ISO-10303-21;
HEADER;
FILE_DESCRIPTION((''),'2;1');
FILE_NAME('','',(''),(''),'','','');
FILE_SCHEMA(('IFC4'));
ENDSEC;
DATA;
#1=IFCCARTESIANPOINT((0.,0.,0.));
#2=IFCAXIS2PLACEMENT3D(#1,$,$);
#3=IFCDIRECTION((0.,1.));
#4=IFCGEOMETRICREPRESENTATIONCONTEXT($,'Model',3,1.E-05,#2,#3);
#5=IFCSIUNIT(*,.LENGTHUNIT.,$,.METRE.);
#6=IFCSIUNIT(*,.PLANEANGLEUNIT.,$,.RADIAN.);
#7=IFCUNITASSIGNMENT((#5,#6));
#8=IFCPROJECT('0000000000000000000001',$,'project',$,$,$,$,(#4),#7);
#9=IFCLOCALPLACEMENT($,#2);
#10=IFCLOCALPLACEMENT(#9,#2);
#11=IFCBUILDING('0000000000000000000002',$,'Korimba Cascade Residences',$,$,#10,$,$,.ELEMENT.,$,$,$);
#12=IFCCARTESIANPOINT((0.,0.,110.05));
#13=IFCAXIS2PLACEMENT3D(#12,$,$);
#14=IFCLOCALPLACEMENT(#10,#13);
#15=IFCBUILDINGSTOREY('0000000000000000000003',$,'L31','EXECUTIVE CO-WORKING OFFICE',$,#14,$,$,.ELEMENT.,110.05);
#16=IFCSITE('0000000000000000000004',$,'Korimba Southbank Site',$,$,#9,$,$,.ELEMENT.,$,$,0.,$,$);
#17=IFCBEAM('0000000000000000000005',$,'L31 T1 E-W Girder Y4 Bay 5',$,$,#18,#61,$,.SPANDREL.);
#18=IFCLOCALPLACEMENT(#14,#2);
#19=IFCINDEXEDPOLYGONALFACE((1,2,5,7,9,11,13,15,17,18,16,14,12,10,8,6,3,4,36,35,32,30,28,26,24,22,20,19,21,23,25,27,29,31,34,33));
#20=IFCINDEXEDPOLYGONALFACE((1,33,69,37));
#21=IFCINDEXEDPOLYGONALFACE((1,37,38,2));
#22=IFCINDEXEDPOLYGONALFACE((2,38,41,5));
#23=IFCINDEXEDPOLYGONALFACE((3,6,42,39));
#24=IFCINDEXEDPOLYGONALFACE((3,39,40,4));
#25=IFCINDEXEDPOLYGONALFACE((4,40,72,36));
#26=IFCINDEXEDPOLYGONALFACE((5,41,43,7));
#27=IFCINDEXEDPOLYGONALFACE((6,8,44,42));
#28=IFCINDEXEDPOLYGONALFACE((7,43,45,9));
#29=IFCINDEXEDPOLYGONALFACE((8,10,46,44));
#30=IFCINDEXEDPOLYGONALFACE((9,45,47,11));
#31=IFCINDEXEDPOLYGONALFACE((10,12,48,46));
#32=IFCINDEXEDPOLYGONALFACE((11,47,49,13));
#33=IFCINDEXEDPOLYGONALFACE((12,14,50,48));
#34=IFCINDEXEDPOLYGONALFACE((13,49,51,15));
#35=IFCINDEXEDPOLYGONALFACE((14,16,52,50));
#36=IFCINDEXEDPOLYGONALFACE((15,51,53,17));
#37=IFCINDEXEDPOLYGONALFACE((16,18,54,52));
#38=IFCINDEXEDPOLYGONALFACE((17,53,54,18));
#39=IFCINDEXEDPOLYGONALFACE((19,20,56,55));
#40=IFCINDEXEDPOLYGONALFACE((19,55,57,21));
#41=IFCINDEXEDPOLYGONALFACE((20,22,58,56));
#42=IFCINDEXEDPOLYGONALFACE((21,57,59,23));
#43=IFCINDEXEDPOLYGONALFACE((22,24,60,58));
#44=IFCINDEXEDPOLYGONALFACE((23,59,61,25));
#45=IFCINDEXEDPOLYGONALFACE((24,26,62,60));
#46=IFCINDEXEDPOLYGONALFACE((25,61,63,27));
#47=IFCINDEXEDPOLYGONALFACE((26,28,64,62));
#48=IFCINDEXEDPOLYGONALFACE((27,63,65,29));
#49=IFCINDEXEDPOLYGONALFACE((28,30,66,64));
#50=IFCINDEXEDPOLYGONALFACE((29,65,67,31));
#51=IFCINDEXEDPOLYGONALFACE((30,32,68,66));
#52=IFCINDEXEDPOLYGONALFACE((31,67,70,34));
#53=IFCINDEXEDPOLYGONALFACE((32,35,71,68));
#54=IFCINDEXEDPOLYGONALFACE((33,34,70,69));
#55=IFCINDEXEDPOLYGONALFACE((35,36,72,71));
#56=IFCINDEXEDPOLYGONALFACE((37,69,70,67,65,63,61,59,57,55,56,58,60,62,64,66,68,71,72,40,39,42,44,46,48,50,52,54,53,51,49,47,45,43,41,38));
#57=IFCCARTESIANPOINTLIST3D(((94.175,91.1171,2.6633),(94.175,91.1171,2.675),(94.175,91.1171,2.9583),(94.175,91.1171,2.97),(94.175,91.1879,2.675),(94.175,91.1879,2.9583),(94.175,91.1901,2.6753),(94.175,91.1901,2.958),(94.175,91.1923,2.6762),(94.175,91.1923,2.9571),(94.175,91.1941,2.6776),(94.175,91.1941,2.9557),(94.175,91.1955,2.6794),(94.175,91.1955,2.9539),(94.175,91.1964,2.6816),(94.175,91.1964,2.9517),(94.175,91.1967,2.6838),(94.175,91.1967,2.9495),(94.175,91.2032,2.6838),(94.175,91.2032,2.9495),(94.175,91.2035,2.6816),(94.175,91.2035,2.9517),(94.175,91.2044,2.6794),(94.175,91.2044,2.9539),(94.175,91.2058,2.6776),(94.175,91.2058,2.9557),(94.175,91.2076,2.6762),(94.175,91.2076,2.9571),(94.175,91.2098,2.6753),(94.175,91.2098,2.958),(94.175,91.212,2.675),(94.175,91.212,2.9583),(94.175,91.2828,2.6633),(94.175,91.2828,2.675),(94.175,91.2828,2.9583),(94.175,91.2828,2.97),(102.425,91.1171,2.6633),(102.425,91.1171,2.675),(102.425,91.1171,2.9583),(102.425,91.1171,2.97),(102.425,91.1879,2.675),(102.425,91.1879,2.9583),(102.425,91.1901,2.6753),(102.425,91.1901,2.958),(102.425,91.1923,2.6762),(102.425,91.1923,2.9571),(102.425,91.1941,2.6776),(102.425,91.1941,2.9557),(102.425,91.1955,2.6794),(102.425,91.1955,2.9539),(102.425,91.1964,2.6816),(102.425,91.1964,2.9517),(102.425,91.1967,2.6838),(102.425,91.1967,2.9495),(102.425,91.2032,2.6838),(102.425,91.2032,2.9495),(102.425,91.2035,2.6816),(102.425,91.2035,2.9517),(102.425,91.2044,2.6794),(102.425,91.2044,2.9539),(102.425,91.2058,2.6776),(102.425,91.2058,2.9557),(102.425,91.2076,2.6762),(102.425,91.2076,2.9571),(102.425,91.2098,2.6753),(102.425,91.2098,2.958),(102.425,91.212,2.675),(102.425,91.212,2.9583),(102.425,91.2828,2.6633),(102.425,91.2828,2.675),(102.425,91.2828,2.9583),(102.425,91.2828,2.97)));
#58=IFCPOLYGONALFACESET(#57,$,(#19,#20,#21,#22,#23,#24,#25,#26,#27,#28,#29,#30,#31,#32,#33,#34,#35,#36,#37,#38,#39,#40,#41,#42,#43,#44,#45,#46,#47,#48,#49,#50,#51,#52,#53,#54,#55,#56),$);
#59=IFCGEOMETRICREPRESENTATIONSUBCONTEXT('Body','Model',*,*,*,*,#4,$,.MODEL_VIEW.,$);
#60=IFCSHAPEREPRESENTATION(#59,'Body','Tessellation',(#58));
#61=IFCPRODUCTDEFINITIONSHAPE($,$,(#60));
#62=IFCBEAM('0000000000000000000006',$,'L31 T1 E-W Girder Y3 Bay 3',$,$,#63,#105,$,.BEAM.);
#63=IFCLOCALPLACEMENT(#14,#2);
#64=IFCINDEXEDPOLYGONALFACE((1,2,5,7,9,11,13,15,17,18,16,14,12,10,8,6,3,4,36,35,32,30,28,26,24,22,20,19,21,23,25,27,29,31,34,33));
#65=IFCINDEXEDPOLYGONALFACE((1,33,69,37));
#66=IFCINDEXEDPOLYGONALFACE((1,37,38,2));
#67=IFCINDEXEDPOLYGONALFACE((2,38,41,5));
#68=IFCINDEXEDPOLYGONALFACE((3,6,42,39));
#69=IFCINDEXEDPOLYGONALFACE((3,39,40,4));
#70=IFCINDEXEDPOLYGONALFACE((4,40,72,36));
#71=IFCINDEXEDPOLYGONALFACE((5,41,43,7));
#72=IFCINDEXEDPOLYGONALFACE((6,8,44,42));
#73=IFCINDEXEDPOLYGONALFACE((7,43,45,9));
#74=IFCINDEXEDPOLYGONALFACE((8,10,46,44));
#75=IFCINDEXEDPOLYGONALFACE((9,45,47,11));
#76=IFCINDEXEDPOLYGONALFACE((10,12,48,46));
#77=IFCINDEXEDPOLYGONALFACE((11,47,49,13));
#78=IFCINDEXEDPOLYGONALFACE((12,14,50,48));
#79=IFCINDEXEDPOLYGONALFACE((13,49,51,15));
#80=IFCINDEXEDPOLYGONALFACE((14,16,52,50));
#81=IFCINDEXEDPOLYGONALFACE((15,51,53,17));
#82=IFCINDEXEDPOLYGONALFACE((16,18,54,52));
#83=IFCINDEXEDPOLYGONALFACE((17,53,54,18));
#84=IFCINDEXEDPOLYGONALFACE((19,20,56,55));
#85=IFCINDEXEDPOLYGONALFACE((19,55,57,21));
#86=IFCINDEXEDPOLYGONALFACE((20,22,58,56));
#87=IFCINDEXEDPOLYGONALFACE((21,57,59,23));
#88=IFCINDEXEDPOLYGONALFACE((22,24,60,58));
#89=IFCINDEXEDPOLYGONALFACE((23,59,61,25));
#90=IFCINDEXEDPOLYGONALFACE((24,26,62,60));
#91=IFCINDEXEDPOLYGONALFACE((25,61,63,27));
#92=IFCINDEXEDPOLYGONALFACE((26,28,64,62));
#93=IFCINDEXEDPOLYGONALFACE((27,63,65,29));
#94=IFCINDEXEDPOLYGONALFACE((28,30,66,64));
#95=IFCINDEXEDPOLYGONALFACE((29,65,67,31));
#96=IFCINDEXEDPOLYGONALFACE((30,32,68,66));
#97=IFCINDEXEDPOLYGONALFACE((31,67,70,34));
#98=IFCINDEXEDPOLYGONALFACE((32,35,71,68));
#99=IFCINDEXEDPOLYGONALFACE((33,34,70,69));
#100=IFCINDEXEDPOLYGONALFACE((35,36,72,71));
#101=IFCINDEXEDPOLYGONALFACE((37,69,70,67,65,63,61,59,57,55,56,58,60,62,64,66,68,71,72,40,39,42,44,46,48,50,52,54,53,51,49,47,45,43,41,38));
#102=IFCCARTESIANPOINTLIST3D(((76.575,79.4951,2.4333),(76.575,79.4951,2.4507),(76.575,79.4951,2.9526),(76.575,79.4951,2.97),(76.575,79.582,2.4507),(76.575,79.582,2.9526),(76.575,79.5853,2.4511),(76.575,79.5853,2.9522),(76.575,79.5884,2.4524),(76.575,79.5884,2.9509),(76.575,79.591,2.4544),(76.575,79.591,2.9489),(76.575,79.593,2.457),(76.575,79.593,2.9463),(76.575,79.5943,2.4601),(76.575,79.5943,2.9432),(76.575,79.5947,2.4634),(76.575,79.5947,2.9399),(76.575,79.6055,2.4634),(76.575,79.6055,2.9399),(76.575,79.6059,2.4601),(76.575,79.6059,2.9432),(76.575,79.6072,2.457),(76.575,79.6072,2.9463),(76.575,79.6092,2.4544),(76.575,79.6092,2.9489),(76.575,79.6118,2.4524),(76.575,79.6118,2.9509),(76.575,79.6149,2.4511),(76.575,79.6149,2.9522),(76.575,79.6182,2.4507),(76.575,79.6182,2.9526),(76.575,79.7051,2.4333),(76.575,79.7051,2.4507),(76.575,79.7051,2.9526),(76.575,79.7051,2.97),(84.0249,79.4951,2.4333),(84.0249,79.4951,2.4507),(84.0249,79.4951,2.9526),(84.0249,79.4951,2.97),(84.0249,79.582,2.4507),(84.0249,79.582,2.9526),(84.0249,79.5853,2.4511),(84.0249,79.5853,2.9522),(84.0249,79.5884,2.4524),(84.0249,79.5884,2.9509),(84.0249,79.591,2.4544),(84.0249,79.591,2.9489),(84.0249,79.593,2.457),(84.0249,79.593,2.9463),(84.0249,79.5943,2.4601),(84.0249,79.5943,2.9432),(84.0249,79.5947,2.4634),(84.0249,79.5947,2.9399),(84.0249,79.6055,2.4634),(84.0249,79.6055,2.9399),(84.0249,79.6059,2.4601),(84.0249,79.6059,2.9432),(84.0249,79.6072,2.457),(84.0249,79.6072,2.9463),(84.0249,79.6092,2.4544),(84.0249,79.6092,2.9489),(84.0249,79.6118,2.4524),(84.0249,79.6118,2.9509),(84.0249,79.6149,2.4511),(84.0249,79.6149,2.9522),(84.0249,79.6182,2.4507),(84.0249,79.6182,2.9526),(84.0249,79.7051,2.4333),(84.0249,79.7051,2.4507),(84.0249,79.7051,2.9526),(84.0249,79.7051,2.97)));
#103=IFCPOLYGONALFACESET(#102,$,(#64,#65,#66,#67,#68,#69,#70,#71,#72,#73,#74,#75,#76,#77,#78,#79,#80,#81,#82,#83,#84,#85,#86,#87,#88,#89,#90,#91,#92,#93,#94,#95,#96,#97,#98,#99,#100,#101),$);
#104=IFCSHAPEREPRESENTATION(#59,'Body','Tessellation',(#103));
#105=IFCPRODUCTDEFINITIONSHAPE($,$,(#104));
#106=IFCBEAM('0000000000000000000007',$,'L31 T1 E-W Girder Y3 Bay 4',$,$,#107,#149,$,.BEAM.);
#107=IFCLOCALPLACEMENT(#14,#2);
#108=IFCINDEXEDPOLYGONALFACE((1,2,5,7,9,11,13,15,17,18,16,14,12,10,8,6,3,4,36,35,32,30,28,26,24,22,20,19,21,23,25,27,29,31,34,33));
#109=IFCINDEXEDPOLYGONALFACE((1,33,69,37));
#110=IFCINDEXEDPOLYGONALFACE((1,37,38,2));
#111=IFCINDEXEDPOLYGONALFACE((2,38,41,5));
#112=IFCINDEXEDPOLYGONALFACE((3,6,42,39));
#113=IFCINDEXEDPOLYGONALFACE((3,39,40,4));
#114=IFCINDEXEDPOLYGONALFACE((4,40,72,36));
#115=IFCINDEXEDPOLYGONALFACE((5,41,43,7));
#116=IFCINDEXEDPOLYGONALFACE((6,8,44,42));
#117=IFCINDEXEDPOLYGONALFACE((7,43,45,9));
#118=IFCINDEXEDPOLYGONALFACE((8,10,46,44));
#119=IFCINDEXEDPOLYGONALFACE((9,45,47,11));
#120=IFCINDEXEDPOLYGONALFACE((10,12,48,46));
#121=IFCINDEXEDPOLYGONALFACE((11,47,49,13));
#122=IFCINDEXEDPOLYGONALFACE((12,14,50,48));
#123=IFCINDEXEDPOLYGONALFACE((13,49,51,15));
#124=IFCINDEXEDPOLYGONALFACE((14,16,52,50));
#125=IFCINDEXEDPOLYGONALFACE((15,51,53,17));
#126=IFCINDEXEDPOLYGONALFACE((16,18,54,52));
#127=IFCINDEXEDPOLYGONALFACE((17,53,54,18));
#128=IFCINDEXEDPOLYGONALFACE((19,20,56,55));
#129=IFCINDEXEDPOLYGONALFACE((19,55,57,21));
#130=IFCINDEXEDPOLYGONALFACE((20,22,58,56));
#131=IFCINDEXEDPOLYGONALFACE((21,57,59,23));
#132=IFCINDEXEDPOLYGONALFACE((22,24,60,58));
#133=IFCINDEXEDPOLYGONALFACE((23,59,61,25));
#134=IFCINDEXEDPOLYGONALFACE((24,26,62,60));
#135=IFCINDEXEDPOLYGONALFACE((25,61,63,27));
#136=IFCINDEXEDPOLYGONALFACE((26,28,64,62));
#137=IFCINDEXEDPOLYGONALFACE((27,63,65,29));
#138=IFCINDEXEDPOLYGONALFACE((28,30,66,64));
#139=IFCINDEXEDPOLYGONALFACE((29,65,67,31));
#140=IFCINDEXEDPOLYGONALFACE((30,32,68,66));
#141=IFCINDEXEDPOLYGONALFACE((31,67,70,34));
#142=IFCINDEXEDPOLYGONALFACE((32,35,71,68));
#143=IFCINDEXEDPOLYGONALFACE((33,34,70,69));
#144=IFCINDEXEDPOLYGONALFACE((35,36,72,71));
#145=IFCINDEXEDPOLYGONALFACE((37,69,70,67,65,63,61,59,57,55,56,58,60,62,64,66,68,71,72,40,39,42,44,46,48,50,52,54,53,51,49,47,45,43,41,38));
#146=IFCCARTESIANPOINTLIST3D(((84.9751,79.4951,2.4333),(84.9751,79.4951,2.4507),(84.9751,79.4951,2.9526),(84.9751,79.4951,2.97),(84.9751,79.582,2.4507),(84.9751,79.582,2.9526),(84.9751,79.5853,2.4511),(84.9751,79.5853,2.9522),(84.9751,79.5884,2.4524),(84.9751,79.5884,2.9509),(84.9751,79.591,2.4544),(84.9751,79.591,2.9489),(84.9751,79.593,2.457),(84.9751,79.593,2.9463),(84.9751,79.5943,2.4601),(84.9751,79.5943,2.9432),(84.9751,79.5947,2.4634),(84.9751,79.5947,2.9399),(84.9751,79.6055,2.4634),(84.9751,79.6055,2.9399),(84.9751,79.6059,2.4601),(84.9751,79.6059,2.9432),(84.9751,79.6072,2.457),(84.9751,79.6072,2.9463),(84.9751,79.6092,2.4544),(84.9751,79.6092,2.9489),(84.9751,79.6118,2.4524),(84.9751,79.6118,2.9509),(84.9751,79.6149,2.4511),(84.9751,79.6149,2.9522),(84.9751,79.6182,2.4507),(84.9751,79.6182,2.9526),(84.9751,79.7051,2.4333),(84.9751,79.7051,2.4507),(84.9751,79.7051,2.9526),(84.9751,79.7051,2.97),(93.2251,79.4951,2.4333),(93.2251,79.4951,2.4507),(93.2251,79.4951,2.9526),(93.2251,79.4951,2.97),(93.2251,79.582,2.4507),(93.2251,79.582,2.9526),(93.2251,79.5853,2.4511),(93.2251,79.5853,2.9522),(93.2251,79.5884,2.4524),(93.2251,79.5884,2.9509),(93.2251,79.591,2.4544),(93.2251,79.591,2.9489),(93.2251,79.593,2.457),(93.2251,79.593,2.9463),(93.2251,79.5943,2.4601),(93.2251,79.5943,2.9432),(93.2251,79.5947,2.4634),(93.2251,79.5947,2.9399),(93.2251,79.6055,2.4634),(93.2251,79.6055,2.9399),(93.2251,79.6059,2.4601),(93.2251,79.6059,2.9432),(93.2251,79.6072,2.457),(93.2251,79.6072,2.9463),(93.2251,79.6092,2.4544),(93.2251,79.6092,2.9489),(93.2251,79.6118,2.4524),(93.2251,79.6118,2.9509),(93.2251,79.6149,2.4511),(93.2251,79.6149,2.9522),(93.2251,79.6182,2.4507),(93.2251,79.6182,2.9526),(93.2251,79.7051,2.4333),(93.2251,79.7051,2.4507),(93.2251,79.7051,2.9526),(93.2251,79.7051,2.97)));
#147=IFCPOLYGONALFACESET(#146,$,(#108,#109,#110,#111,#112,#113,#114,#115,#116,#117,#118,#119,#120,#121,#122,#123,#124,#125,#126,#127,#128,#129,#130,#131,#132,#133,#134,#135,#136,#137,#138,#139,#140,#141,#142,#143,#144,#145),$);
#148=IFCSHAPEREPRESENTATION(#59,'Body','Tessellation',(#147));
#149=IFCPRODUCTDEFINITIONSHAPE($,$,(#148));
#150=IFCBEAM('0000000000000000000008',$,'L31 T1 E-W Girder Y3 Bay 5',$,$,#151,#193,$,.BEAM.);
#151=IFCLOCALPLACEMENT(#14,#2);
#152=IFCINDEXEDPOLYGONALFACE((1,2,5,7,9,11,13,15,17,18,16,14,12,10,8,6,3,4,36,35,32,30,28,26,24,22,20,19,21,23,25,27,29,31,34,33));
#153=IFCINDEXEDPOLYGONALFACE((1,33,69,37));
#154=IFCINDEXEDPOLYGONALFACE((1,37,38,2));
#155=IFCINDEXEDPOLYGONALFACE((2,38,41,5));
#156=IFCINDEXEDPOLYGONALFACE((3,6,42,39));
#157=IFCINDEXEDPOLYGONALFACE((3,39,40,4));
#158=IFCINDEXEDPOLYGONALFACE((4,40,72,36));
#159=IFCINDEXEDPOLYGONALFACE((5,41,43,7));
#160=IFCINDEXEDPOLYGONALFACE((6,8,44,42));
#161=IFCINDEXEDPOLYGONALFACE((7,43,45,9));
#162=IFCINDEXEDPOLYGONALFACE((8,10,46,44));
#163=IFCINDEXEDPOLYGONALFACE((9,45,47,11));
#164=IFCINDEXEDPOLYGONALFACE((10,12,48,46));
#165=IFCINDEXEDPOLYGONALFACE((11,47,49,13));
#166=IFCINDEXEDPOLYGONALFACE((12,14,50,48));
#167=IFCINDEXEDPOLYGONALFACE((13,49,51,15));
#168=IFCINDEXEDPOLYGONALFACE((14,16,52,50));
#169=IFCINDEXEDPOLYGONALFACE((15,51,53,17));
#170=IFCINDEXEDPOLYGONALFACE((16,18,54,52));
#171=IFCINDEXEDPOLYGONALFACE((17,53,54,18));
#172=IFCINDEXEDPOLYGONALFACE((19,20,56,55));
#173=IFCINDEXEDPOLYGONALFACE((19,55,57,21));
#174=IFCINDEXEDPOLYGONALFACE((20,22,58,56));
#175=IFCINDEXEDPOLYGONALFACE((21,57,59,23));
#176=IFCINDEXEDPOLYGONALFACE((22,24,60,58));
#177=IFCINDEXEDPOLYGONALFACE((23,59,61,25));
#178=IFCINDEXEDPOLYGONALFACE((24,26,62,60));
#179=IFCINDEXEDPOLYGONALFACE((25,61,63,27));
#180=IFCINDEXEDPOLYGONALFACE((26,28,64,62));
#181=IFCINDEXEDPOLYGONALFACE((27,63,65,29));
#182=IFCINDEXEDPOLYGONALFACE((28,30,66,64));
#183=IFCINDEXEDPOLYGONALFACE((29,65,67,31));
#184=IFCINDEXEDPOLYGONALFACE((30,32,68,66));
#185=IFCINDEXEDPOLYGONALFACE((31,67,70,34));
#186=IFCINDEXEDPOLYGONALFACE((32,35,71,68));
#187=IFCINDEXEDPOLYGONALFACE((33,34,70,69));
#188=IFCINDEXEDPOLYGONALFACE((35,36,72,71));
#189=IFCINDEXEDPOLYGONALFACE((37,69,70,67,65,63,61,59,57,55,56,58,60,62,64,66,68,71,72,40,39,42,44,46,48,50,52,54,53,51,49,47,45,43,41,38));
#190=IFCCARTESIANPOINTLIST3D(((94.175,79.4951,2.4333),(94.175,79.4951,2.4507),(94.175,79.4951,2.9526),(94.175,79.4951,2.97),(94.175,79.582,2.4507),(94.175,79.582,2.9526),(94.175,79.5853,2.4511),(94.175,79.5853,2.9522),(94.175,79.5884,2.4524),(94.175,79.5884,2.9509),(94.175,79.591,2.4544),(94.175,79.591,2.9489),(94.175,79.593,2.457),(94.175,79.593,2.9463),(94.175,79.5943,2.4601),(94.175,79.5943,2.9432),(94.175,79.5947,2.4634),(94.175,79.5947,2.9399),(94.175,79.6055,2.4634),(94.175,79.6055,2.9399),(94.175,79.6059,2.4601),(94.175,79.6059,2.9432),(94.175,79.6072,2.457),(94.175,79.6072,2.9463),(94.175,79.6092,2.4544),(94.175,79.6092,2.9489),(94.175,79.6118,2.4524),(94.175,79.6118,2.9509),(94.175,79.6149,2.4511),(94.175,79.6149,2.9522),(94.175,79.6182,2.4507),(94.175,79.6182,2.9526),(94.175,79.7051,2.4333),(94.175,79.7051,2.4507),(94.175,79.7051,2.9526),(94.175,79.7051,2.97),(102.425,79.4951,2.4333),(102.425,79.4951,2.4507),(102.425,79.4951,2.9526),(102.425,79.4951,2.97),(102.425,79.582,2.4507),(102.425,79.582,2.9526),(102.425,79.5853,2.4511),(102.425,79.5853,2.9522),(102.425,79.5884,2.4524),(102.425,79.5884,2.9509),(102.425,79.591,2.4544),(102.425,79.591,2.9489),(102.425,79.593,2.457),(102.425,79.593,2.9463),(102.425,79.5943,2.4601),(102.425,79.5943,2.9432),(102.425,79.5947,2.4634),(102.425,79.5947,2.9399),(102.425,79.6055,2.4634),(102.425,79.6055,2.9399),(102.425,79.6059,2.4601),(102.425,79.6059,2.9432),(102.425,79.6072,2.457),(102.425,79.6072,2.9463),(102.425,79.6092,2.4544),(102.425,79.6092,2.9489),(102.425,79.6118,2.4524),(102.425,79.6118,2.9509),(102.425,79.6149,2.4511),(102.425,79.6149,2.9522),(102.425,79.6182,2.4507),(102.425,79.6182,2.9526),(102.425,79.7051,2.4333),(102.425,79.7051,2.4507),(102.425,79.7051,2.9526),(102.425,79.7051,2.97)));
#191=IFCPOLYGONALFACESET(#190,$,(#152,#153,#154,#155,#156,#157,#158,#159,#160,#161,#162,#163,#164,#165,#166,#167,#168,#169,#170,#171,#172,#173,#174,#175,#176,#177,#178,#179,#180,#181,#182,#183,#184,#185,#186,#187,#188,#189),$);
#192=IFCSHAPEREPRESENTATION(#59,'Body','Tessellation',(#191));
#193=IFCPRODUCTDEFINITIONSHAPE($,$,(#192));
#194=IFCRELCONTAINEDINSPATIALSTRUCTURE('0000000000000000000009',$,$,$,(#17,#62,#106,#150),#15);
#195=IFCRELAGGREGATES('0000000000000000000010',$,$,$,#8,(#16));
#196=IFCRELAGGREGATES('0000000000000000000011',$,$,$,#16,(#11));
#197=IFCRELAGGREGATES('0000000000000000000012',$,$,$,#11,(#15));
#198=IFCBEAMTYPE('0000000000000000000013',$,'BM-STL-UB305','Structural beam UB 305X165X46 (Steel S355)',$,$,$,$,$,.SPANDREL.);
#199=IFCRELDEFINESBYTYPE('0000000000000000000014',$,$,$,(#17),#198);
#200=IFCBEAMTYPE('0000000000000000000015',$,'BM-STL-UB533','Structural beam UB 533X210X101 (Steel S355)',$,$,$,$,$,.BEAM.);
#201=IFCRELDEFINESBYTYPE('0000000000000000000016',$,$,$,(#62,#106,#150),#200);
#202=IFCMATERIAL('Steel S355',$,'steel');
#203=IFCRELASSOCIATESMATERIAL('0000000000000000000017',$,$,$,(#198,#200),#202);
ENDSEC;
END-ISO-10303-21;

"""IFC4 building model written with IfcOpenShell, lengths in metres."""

from ifc_helpers import new_model, si_unit, direction, frame, origin, origin_2d, place, context, subcontext, project, spatial, i_section, extrude, material, material_profile, profile_set, type_object, element, save


model = new_model("IFC4")

# Units and contexts
model_context = context("Model", 3, precision=1e-05, world=origin(), true_north=direction((0.0, 1.0)))
body_context = subcontext(model_context, "Body", "Model", "MODEL_VIEW")
ifc_project = project(units=[si_unit("LENGTHUNIT", "METRE"), si_unit("PLANEANGLEUNIT", "RADIAN")], contexts=[model_context])

# Site, building, storey
site_placement = place(None, origin())
site = spatial("IfcSite", under=ifc_project, at=site_placement, Name="Korimba Southbank Site", CompositionType="ELEMENT", RefElevation=0.0)
building_placement = place(site_placement, origin())
building = spatial("IfcBuilding", under=site, at=building_placement, Name="Korimba Cascade Residences", CompositionType="ELEMENT")
storey_placement = place(building_placement, frame((0.0, 0.0, 110.05)))
storey = spatial("IfcBuildingStorey", under=building, at=storey_placement, Name="L31", Description="EXECUTIVE CO-WORKING OFFICE", CompositionType="ELEMENT", Elevation=110.05)

# Beams
ifc_material_1 = material(Name="Steel S355", Category="steel")
ifc_material_profile_1 = material_profile(ifc_material_1, i_section(OverallWidth=0.1658, OverallDepth=0.3066, WebThickness=0.0066, FlangeThickness=0.0117, FilletRadius=0.0088, at=origin_2d()), Name="Steel S355")
ifc_profile_set_1 = profile_set([ifc_material_profile_1], Name="Steel S355")
beam_type_1 = type_object("IfcBeamType", Name="BM-STL-UB305", Description="Structural beam UB 305X165X46 (Steel S355)", PredefinedType="SPANDREL", material=ifc_profile_set_1)
for number, where, z_axis, x_axis, name in (
    (1, (94.175, 91.2, 2.8167), (1.0, 0.0, 0.0), (0.0, 1.0, 0.0), "L31 T1 E-W Girder Y4 Bay 5"),
):
    element("IfcBeam", number, at=place(storey_placement, frame(where, z_axis=z_axis, x_axis=x_axis)), inside=storey, type_object=beam_type_1, Name=name, PredefinedType="SPANDREL", context=body_context, shape_type="SweptSolid", body=[
        extrude(i_section(OverallWidth=0.1658, OverallDepth=0.3066, WebThickness=0.0066, FlangeThickness=0.0117, FilletRadius=0.0088, at=origin_2d()), origin(), (0.0, 0.0, 1.0), 8.25),
    ])
ifc_material_profile_2 = material_profile(ifc_material_1, i_section(OverallWidth=0.21, OverallDepth=0.5366, WebThickness=0.0107, FlangeThickness=0.0173, FilletRadius=0.0127, at=origin_2d()), Name="Steel S355")
ifc_profile_set_2 = profile_set([ifc_material_profile_2], Name="Steel S355")
beam_type_2 = type_object("IfcBeamType", Name="BM-STL-UB533", Description="Structural beam UB 533X210X101 (Steel S355)", PredefinedType="BEAM", material=ifc_profile_set_2)
beam_1_placement = place(storey_placement, frame((76.575, 79.6001, 2.7017), z_axis=(1.0, 0.0, 0.0), x_axis=(0.0, 1.0, 0.0)))
element("IfcBeam", 2, at=beam_1_placement, inside=storey, type_object=beam_type_2, Name="L31 T1 E-W Girder Y3 Bay 3", PredefinedType="BEAM", context=body_context, shape_type="SweptSolid", body=[
    extrude(i_section(OverallWidth=0.21, OverallDepth=0.5366, WebThickness=0.0107, FlangeThickness=0.0173, FilletRadius=0.0127, at=origin_2d()), origin(), (0.0, 0.0, 1.0), 7.45),
])
for number, where, z_axis, x_axis, name in (
    (3, (84.9751, 79.6001, 2.7017), (1.0, 0.0, 0.0), (0.0, 1.0, 0.0), "L31 T1 E-W Girder Y3 Bay 4"),
    (4, (94.175, 79.6001, 2.7017), (1.0, 0.0, 0.0), (0.0, 1.0, 0.0), "L31 T1 E-W Girder Y3 Bay 5"),
):
    element("IfcBeam", number, at=place(storey_placement, frame(where, z_axis=z_axis, x_axis=x_axis)), inside=storey, type_object=beam_type_2, Name=name, PredefinedType="BEAM", context=body_context, shape_type="SweptSolid", body=[
        extrude(i_section(OverallWidth=0.21, OverallDepth=0.5366, WebThickness=0.0107, FlangeThickness=0.0173, FilletRadius=0.0127, at=origin_2d()), origin(), (0.0, 0.0, 1.0), 8.25),
    ])

save(model, "model.ifc")
